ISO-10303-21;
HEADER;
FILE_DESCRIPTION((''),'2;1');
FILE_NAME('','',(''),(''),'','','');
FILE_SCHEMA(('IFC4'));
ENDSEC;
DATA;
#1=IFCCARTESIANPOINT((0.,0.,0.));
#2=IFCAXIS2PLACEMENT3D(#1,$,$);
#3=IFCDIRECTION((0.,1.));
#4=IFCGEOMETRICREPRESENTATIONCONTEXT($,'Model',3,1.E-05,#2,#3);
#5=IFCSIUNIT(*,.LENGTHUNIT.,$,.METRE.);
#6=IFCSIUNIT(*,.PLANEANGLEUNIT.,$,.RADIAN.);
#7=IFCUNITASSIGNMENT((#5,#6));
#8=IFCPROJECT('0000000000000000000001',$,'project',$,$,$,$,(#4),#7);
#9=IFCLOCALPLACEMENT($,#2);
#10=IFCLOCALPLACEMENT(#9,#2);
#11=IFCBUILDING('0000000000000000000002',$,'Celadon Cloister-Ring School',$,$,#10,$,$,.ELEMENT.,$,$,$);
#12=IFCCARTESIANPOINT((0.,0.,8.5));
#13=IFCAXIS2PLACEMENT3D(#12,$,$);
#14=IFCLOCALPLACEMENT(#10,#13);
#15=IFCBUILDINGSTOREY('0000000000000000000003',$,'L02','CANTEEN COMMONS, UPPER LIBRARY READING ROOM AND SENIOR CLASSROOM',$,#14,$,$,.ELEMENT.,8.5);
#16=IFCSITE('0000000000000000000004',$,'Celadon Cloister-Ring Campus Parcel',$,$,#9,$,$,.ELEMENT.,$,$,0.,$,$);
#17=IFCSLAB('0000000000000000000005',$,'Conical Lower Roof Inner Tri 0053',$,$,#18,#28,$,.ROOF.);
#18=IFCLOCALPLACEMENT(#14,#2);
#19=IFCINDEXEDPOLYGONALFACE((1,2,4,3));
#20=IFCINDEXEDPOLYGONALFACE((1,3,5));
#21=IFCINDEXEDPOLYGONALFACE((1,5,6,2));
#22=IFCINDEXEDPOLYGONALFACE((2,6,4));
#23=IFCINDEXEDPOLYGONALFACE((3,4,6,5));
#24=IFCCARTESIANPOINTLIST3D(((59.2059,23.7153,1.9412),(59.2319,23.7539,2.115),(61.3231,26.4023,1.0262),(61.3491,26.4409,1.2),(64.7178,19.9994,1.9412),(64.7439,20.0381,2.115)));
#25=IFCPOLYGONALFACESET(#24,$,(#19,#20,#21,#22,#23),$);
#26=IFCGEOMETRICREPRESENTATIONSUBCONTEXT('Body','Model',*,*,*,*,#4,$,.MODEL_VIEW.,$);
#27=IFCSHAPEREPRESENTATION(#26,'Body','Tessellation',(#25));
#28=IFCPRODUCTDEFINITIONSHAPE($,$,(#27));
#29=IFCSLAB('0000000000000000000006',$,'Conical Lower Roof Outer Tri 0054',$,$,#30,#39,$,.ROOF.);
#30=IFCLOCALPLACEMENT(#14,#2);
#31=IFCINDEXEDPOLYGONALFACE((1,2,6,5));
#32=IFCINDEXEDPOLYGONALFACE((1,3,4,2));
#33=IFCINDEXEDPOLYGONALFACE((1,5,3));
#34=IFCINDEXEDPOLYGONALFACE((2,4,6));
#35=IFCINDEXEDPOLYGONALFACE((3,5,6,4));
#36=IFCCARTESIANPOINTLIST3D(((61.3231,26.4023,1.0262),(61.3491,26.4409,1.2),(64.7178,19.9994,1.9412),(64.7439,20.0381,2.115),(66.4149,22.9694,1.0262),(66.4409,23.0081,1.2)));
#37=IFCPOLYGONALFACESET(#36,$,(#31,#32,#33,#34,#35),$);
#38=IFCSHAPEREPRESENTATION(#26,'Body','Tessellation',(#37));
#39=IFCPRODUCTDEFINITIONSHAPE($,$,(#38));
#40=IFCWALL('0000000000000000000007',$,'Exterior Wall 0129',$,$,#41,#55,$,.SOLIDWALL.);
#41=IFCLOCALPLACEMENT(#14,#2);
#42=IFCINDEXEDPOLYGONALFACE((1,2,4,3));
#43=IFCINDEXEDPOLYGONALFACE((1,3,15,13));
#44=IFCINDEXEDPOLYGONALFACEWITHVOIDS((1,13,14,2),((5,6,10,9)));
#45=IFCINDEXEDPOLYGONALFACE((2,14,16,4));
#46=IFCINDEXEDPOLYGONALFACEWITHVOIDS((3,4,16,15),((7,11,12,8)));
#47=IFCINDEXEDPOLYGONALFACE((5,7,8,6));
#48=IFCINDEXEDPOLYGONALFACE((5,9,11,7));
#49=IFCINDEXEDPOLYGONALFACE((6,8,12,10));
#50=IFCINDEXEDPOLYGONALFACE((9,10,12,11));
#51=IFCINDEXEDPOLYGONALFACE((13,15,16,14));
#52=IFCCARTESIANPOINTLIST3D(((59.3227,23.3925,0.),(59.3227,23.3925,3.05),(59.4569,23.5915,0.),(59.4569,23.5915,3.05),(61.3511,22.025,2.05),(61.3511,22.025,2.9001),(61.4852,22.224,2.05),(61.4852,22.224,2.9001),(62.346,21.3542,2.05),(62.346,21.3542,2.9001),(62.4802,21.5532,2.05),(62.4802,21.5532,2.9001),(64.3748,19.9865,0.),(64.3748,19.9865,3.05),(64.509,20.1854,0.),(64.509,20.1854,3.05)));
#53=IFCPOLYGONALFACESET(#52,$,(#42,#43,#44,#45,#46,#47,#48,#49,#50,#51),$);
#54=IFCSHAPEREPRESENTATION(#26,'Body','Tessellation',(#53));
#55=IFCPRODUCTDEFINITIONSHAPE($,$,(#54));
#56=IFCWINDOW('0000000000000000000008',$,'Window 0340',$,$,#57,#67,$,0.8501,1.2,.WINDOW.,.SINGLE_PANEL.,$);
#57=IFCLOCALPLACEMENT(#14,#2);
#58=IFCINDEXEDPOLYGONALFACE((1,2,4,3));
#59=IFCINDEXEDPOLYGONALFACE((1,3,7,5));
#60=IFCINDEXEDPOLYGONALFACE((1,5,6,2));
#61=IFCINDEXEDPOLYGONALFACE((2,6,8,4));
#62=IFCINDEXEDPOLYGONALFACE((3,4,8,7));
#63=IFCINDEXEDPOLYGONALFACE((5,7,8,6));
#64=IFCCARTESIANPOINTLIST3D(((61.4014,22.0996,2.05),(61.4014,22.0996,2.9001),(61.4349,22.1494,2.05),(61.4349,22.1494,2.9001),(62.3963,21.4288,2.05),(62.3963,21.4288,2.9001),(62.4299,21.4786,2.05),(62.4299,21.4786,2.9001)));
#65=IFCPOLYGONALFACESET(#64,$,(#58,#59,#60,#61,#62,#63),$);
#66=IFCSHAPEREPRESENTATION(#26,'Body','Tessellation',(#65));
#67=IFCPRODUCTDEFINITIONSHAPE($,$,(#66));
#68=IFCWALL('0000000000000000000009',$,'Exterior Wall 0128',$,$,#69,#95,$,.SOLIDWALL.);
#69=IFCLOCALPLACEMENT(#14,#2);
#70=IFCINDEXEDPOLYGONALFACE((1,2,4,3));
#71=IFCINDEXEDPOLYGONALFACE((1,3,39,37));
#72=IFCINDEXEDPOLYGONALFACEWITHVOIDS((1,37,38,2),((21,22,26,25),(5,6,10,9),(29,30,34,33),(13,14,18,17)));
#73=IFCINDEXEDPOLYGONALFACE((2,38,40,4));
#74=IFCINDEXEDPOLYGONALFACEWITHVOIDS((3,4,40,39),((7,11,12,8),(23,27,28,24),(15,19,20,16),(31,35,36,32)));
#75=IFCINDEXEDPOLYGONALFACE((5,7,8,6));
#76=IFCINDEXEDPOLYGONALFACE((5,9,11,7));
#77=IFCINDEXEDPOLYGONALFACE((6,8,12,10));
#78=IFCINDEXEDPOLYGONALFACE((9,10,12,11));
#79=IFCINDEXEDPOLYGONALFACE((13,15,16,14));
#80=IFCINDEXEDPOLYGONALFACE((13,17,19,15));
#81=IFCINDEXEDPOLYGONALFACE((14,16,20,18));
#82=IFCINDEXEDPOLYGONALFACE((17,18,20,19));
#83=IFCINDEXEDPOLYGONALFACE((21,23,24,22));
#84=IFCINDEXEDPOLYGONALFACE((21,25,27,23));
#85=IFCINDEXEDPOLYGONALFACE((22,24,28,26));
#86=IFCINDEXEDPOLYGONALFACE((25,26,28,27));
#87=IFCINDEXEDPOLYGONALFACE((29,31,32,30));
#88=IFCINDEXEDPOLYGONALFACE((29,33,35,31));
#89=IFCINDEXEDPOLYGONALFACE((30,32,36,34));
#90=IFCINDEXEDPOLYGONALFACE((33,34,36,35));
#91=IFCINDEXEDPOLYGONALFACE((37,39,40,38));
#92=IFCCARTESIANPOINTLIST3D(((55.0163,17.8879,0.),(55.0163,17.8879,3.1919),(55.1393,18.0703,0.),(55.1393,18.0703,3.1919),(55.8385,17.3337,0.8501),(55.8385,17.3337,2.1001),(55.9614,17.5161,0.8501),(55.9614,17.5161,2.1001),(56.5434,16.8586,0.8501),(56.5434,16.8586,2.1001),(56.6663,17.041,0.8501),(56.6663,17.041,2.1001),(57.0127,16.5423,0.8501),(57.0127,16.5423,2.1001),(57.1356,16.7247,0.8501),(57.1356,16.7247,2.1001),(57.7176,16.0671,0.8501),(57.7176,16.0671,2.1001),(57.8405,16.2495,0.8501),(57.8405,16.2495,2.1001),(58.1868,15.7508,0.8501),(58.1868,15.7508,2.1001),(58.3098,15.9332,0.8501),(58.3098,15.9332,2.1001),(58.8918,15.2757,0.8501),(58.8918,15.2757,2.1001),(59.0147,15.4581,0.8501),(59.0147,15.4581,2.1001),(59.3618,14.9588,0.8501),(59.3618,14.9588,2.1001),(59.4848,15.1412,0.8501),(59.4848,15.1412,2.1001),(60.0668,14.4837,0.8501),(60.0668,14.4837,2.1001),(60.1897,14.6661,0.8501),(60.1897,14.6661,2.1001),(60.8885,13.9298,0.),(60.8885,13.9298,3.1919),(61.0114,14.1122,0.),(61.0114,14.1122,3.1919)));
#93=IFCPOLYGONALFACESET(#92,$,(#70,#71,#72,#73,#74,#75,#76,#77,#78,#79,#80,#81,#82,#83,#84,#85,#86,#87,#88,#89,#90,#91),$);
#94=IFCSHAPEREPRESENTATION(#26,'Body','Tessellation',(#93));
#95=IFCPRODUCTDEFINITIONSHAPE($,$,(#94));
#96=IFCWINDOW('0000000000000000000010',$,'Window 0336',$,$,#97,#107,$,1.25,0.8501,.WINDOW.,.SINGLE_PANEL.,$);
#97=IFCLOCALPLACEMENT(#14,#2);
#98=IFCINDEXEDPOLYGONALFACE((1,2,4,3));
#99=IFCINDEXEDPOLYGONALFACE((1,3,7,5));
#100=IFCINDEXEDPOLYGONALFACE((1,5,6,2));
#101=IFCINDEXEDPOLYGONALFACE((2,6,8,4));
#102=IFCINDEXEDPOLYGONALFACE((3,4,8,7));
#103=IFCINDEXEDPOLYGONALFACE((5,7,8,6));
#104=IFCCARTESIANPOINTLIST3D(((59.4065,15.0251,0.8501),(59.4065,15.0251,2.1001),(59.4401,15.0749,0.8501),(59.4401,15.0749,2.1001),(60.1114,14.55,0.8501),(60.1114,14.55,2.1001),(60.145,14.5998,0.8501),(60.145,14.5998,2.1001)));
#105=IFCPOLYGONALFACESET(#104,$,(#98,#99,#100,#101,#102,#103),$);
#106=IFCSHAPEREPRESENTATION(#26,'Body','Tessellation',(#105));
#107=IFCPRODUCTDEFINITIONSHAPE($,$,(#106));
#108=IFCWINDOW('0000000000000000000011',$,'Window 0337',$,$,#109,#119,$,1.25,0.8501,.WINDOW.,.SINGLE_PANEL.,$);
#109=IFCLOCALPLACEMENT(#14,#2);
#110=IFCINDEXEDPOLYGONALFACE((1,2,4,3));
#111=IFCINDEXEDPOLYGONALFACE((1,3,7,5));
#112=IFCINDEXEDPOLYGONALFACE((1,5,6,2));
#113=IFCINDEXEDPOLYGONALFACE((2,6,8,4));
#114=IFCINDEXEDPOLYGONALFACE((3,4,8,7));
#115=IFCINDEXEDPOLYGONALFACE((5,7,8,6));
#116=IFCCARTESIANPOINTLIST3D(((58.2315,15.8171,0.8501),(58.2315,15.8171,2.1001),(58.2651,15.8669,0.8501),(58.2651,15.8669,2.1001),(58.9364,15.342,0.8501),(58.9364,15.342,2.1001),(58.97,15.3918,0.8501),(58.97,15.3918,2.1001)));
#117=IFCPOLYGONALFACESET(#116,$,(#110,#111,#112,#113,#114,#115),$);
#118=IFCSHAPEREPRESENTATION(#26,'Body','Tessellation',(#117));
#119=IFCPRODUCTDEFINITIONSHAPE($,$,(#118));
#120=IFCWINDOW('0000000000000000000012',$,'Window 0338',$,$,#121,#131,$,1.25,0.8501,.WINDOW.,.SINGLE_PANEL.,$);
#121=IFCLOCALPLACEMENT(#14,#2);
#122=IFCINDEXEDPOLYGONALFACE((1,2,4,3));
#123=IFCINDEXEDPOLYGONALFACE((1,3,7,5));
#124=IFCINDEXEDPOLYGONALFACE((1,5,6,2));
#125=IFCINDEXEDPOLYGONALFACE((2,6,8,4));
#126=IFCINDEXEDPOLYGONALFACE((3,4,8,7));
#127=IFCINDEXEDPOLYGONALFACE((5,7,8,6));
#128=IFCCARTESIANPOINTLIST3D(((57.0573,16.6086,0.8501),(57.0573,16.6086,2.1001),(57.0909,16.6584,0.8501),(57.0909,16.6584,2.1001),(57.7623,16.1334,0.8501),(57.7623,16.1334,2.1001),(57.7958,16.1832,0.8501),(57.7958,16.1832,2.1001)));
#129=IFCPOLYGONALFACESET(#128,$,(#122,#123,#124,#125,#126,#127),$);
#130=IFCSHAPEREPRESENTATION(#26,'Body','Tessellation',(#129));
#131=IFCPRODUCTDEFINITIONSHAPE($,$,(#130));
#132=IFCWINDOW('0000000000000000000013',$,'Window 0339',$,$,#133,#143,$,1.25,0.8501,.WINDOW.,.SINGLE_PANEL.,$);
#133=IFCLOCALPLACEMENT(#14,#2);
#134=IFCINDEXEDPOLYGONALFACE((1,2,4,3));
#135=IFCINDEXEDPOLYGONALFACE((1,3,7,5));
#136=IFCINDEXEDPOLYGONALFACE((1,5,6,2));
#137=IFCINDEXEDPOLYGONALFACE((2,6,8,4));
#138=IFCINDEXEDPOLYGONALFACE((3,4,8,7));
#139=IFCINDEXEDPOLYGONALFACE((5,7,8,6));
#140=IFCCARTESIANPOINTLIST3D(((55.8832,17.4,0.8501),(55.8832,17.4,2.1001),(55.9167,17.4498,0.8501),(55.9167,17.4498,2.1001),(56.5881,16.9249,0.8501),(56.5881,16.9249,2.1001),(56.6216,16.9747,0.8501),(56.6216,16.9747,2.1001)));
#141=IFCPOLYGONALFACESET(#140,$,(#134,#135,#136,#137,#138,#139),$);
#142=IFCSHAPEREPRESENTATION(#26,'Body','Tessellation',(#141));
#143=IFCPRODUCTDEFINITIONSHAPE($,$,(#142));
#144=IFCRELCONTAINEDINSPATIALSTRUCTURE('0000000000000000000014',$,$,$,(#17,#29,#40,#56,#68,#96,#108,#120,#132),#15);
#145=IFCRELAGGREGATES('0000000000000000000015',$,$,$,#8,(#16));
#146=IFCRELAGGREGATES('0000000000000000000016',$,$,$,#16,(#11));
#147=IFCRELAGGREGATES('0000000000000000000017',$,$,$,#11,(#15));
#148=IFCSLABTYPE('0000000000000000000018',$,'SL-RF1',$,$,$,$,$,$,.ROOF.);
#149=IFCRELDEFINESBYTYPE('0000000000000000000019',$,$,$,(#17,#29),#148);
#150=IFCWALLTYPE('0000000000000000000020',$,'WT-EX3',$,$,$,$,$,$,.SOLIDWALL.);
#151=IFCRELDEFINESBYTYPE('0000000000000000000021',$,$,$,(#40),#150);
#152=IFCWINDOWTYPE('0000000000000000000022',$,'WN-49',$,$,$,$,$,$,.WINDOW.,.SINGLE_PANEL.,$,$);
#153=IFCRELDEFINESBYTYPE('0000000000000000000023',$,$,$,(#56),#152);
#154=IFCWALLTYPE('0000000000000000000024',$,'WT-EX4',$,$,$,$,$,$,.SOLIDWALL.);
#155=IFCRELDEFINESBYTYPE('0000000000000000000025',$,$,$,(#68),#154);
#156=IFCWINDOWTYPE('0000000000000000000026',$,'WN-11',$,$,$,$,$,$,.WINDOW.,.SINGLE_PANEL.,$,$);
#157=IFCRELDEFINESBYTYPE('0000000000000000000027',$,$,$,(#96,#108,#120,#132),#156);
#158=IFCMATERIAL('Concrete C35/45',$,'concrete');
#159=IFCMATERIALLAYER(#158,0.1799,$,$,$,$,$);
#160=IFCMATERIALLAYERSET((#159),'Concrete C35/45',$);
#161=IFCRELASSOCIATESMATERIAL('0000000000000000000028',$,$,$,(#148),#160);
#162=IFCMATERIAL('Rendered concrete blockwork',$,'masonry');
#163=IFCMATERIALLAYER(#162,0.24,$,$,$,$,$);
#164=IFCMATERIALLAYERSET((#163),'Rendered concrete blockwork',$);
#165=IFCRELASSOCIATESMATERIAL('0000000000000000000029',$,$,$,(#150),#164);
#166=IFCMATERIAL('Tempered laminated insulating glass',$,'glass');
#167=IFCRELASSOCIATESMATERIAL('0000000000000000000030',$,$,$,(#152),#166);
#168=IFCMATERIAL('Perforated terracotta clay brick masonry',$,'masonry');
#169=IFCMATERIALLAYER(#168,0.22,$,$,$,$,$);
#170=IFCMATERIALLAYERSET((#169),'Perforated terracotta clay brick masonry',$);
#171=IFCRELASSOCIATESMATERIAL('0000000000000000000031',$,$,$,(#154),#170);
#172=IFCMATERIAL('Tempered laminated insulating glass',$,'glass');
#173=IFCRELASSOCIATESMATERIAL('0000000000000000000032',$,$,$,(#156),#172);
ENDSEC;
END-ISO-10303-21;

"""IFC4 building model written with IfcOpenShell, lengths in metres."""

from ifc_helpers import new_model, si_unit, direction, frame, frame_2d, origin, place, context, subcontext, project, spatial, polyline, rectangle, outline, extrude, material, layer, layer_set, type_object, element, fill, save


model = new_model("IFC4")

# Units and contexts
model_context = context("Model", 3, precision=1e-05, world=origin(), true_north=direction((0.0, 1.0)))
body_context = subcontext(model_context, "Body", "Model", "MODEL_VIEW")
ifc_project = project(units=[si_unit("LENGTHUNIT", "METRE"), si_unit("PLANEANGLEUNIT", "RADIAN")], contexts=[model_context])

# Site, building, storey
site_placement = place(None, origin())
site = spatial("IfcSite", under=ifc_project, at=site_placement, Name="Celadon Cloister-Ring Campus Parcel", CompositionType="ELEMENT", RefElevation=0.0)
building_placement = place(site_placement, origin())
building = spatial("IfcBuilding", under=site, at=building_placement, Name="Celadon Cloister-Ring School", CompositionType="ELEMENT")
storey_placement = place(building_placement, frame((0.0, 0.0, 8.5)))
storey = spatial("IfcBuildingStorey", under=building, at=storey_placement, Name="L02", Description="CANTEEN COMMONS, UPPER LIBRARY READING ROOM AND SENIOR CLASSROOM", CompositionType="ELEMENT", Elevation=8.5)

# Slabs
ifc_material_1 = material(Name="Concrete C35/45", Category="concrete")
ifc_layer_1 = layer(ifc_material_1, 0.1799)
ifc_layer_set_1 = layer_set([ifc_layer_1], Name="Concrete C35/45")
slab_type = type_object("IfcSlabType", Name="SL-RF1", PredefinedType="ROOF", material=ifc_layer_set_1)
slab_1_placement = place(storey_placement, frame((61.3491, 26.4409, 1.2), z_axis=(0.144813, 0.214812, 0.96586), x_axis=(-0.59788, -0.758794, 0.258401)))
element("IfcSlab", 1, at=slab_1_placement, inside=storey, type_object=slab_type, Name="Conical Lower Roof Inner Tri 0053", PredefinedType="ROOF", context=body_context, shape_type="SweptSolid", body=[
    extrude(outline(polyline([(0.0, 0.0), (3.5412, 0.0), (3.0652, 6.6304), (0.0, 0.0)])), origin(), (0.0, 0.0, -1.0), 0.1799),
])
slab_2_placement = place(storey_placement, frame((61.3491, 26.4409, 1.2), z_axis=(0.144831, 0.214821, 0.965855), x_axis=(0.464741, -0.876541, 0.125268)))
element("IfcSlab", 2, at=slab_2_placement, inside=storey, type_object=slab_type, Name="Conical Lower Roof Outer Tri 0054", PredefinedType="ROOF", context=body_context, shape_type="SweptSolid", body=[
    extrude(outline(polyline([(0.0, 0.0), (7.3047, 0.0), (5.3754, 2.9692), (0.0, 0.0)])), origin(), (0.0, 0.0, -1.0), 0.1799),
])

# Wall, opening, window
ifc_material_2 = material(Name="Rendered concrete blockwork", Category="masonry")
ifc_layer_2 = layer(ifc_material_2, 0.24)
ifc_layer_set_2 = layer_set([ifc_layer_2], Name="Rendered concrete blockwork")
wall_type_1 = type_object("IfcWallType", Name="WT-EX3", PredefinedType="SOLIDWALL", material=ifc_layer_set_2)
wall_1_placement = place(storey_placement, frame((59.3899, 23.4919, 0.0), z_axis=(0.0, 0.0, 1.0), x_axis=(0.82916, -0.559011, 0.0)))
wall_1 = element("IfcWall", 3, at=wall_1_placement, inside=storey, type_object=wall_type_1, Name="Exterior Wall 0129", PredefinedType="SOLIDWALL", context=body_context, shape_type="SweptSolid", body=[
    extrude(rectangle(XDim=6.093, YDim=0.24, at=frame_2d((3.0464, 0.0))), origin(), (0.0, 0.0, 1.0), 3.05),
])
opening_1_placement = place(wall_1_placement, frame((2.446, 0.0, 2.05)))
opening_1 = element("IfcOpeningElement", 4, at=opening_1_placement, cuts=wall_1, PredefinedType="OPENING", context=body_context, shape_type="SweptSolid", body=[
    extrude(rectangle(XDim=1.2, YDim=0.8501, at=frame_2d((0.6001, 0.425))), frame((0.0, 0.1299, 0.0), z_axis=(0.0, -1.0, 0.0), x_axis=(1.0, 0.0, 0.0)), (0.0, 0.0, 1.0), 0.26),
])
ifc_material_3 = material(Name="Tempered laminated insulating glass", Category="glass")
window_type_1 = type_object("IfcWindowType", Name="WN-49", PartitioningType="SINGLE_PANEL", PredefinedType="WINDOW", material=ifc_material_3)
window_1_placement = place(opening_1_placement, origin())
window_1 = element("IfcWindow", 5, at=window_1_placement, inside=storey, type_object=window_type_1, Name="Window 0340", OverallHeight=0.8501, OverallWidth=1.2, PartitioningType="SINGLE_PANEL", PredefinedType="WINDOW", context=body_context, shape_type="SweptSolid", body=[
    extrude(rectangle(XDim=1.2, YDim=0.8501, at=frame_2d((0.6001, 0.425))), frame((0.0, 0.03, 0.0), z_axis=(0.0, -1.0, 0.0), x_axis=(1.0, 0.0, 0.0)), (0.0, 0.0, 1.0), 0.0601),
])
fill(opening_1, window_1)

# Wall, openings, windows
ifc_material_4 = material(Name="Perforated terracotta clay brick masonry", Category="masonry")
ifc_layer_3 = layer(ifc_material_4, 0.22)
ifc_layer_set_3 = layer_set([ifc_layer_3], Name="Perforated terracotta clay brick masonry")
wall_type_2 = type_object("IfcWallType", Name="WT-EX4", PredefinedType="SOLIDWALL", material=ifc_layer_set_3)
wall_2_placement = place(storey_placement, frame((60.95, 14.021, 0.0), z_axis=(0.0, 0.0, 1.0), x_axis=(-0.829218, 0.558926, 0.0)))
wall_2 = element("IfcWall", 6, at=wall_2_placement, inside=storey, type_object=wall_type_2, Name="Exterior Wall 0128", PredefinedType="SOLIDWALL", context=body_context, shape_type="SweptSolid", body=[
    extrude(rectangle(XDim=7.0815, YDim=0.22, at=frame_2d((3.5408, 0.0))), origin(), (0.0, 0.0, 1.0), 3.1919),
])
opening_2_placement = place(wall_2_placement, frame((0.991, 0.0, 0.8501)))
opening_2 = element("IfcOpeningElement", 7, at=opening_2_placement, cuts=wall_2, PredefinedType="OPENING", context=body_context, shape_type="SweptSolid", body=[
    extrude(rectangle(XDim=0.8501, YDim=1.25, at=frame_2d((0.425, 0.625))), frame((0.0, 0.1201, 0.0), z_axis=(0.0, -1.0, 0.0), x_axis=(1.0, 0.0, 0.0)), (0.0, 0.0, 1.0), 0.24),
])
opening_3_placement = place(wall_2_placement, frame((2.408, 0.0, 0.8501)))
opening_3 = element("IfcOpeningElement", 8, at=opening_3_placement, cuts=wall_2, PredefinedType="OPENING", context=body_context, shape_type="SweptSolid", body=[
    extrude(rectangle(XDim=0.8501, YDim=1.25, at=frame_2d((0.425, 0.625))), frame((0.0, 0.1201, 0.0), z_axis=(0.0, -1.0, 0.0), x_axis=(1.0, 0.0, 0.0)), (0.0, 0.0, 1.0), 0.24),
])
opening_4_placement = place(wall_2_placement, frame((3.824, 0.0, 0.8501)))
opening_4 = element("IfcOpeningElement", 9, at=opening_4_placement, cuts=wall_2, PredefinedType="OPENING", context=body_context, shape_type="SweptSolid", body=[
    extrude(rectangle(XDim=0.8501, YDim=1.25, at=frame_2d((0.425, 0.625))), frame((0.0, 0.1201, 0.0), z_axis=(0.0, -1.0, 0.0), x_axis=(1.0, 0.0, 0.0)), (0.0, 0.0, 1.0), 0.24),
])
opening_5_placement = place(wall_2_placement, frame((5.24, 0.0, 0.8501)))
opening_5 = element("IfcOpeningElement", 10, at=opening_5_placement, cuts=wall_2, PredefinedType="OPENING", context=body_context, shape_type="SweptSolid", body=[
    extrude(rectangle(XDim=0.8501, YDim=1.25, at=frame_2d((0.425, 0.625))), frame((0.0, 0.1201, 0.0), z_axis=(0.0, -1.0, 0.0), x_axis=(1.0, 0.0, 0.0)), (0.0, 0.0, 1.0), 0.24),
])
ifc_material_5 = material(Name="Tempered laminated insulating glass", Category="glass")
window_type_2 = type_object("IfcWindowType", Name="WN-11", PartitioningType="SINGLE_PANEL", PredefinedType="WINDOW", material=ifc_material_5)
window_2_placement = place(opening_2_placement, origin())
window_2 = element("IfcWindow", 11, at=window_2_placement, inside=storey, type_object=window_type_2, Name="Window 0336", OverallHeight=1.25, OverallWidth=0.8501, PartitioningType="SINGLE_PANEL", PredefinedType="WINDOW", context=body_context, shape_type="SweptSolid", body=[
    extrude(rectangle(XDim=0.8501, YDim=1.25, at=frame_2d((0.425, 0.625))), frame((0.0, 0.03, 0.0), z_axis=(0.0, -1.0, 0.0), x_axis=(1.0, 0.0, 0.0)), (0.0, 0.0, 1.0), 0.0601),
])
fill(opening_2, window_2)
window_3_placement = place(opening_3_placement, origin())
window_3 = element("IfcWindow", 12, at=window_3_placement, inside=storey, type_object=window_type_2, Name="Window 0337", OverallHeight=1.25, OverallWidth=0.8501, PartitioningType="SINGLE_PANEL", PredefinedType="WINDOW", context=body_context, shape_type="SweptSolid", body=[
    extrude(rectangle(XDim=0.8501, YDim=1.25, at=frame_2d((0.425, 0.625))), frame((0.0, 0.03, 0.0), z_axis=(0.0, -1.0, 0.0), x_axis=(1.0, 0.0, 0.0)), (0.0, 0.0, 1.0), 0.0601),
])
fill(opening_3, window_3)
window_4_placement = place(opening_4_placement, origin())
window_4 = element("IfcWindow", 13, at=window_4_placement, inside=storey, type_object=window_type_2, Name="Window 0338", OverallHeight=1.25, OverallWidth=0.8501, PartitioningType="SINGLE_PANEL", PredefinedType="WINDOW", context=body_context, shape_type="SweptSolid", body=[
    extrude(rectangle(XDim=0.8501, YDim=1.25, at=frame_2d((0.425, 0.625))), frame((0.0, 0.03, 0.0), z_axis=(0.0, -1.0, 0.0), x_axis=(1.0, 0.0, 0.0)), (0.0, 0.0, 1.0), 0.0601),
])
fill(opening_4, window_4)
window_5_placement = place(opening_5_placement, origin())
window_5 = element("IfcWindow", 14, at=window_5_placement, inside=storey, type_object=window_type_2, Name="Window 0339", OverallHeight=1.25, OverallWidth=0.8501, PartitioningType="SINGLE_PANEL", PredefinedType="WINDOW", context=body_context, shape_type="SweptSolid", body=[
    extrude(rectangle(XDim=0.8501, YDim=1.25, at=frame_2d((0.425, 0.625))), frame((0.0, 0.03, 0.0), z_axis=(0.0, -1.0, 0.0), x_axis=(1.0, 0.0, 0.0)), (0.0, 0.0, 1.0), 0.0601),
])
fill(opening_5, window_5)

save(model, "model.ifc")
